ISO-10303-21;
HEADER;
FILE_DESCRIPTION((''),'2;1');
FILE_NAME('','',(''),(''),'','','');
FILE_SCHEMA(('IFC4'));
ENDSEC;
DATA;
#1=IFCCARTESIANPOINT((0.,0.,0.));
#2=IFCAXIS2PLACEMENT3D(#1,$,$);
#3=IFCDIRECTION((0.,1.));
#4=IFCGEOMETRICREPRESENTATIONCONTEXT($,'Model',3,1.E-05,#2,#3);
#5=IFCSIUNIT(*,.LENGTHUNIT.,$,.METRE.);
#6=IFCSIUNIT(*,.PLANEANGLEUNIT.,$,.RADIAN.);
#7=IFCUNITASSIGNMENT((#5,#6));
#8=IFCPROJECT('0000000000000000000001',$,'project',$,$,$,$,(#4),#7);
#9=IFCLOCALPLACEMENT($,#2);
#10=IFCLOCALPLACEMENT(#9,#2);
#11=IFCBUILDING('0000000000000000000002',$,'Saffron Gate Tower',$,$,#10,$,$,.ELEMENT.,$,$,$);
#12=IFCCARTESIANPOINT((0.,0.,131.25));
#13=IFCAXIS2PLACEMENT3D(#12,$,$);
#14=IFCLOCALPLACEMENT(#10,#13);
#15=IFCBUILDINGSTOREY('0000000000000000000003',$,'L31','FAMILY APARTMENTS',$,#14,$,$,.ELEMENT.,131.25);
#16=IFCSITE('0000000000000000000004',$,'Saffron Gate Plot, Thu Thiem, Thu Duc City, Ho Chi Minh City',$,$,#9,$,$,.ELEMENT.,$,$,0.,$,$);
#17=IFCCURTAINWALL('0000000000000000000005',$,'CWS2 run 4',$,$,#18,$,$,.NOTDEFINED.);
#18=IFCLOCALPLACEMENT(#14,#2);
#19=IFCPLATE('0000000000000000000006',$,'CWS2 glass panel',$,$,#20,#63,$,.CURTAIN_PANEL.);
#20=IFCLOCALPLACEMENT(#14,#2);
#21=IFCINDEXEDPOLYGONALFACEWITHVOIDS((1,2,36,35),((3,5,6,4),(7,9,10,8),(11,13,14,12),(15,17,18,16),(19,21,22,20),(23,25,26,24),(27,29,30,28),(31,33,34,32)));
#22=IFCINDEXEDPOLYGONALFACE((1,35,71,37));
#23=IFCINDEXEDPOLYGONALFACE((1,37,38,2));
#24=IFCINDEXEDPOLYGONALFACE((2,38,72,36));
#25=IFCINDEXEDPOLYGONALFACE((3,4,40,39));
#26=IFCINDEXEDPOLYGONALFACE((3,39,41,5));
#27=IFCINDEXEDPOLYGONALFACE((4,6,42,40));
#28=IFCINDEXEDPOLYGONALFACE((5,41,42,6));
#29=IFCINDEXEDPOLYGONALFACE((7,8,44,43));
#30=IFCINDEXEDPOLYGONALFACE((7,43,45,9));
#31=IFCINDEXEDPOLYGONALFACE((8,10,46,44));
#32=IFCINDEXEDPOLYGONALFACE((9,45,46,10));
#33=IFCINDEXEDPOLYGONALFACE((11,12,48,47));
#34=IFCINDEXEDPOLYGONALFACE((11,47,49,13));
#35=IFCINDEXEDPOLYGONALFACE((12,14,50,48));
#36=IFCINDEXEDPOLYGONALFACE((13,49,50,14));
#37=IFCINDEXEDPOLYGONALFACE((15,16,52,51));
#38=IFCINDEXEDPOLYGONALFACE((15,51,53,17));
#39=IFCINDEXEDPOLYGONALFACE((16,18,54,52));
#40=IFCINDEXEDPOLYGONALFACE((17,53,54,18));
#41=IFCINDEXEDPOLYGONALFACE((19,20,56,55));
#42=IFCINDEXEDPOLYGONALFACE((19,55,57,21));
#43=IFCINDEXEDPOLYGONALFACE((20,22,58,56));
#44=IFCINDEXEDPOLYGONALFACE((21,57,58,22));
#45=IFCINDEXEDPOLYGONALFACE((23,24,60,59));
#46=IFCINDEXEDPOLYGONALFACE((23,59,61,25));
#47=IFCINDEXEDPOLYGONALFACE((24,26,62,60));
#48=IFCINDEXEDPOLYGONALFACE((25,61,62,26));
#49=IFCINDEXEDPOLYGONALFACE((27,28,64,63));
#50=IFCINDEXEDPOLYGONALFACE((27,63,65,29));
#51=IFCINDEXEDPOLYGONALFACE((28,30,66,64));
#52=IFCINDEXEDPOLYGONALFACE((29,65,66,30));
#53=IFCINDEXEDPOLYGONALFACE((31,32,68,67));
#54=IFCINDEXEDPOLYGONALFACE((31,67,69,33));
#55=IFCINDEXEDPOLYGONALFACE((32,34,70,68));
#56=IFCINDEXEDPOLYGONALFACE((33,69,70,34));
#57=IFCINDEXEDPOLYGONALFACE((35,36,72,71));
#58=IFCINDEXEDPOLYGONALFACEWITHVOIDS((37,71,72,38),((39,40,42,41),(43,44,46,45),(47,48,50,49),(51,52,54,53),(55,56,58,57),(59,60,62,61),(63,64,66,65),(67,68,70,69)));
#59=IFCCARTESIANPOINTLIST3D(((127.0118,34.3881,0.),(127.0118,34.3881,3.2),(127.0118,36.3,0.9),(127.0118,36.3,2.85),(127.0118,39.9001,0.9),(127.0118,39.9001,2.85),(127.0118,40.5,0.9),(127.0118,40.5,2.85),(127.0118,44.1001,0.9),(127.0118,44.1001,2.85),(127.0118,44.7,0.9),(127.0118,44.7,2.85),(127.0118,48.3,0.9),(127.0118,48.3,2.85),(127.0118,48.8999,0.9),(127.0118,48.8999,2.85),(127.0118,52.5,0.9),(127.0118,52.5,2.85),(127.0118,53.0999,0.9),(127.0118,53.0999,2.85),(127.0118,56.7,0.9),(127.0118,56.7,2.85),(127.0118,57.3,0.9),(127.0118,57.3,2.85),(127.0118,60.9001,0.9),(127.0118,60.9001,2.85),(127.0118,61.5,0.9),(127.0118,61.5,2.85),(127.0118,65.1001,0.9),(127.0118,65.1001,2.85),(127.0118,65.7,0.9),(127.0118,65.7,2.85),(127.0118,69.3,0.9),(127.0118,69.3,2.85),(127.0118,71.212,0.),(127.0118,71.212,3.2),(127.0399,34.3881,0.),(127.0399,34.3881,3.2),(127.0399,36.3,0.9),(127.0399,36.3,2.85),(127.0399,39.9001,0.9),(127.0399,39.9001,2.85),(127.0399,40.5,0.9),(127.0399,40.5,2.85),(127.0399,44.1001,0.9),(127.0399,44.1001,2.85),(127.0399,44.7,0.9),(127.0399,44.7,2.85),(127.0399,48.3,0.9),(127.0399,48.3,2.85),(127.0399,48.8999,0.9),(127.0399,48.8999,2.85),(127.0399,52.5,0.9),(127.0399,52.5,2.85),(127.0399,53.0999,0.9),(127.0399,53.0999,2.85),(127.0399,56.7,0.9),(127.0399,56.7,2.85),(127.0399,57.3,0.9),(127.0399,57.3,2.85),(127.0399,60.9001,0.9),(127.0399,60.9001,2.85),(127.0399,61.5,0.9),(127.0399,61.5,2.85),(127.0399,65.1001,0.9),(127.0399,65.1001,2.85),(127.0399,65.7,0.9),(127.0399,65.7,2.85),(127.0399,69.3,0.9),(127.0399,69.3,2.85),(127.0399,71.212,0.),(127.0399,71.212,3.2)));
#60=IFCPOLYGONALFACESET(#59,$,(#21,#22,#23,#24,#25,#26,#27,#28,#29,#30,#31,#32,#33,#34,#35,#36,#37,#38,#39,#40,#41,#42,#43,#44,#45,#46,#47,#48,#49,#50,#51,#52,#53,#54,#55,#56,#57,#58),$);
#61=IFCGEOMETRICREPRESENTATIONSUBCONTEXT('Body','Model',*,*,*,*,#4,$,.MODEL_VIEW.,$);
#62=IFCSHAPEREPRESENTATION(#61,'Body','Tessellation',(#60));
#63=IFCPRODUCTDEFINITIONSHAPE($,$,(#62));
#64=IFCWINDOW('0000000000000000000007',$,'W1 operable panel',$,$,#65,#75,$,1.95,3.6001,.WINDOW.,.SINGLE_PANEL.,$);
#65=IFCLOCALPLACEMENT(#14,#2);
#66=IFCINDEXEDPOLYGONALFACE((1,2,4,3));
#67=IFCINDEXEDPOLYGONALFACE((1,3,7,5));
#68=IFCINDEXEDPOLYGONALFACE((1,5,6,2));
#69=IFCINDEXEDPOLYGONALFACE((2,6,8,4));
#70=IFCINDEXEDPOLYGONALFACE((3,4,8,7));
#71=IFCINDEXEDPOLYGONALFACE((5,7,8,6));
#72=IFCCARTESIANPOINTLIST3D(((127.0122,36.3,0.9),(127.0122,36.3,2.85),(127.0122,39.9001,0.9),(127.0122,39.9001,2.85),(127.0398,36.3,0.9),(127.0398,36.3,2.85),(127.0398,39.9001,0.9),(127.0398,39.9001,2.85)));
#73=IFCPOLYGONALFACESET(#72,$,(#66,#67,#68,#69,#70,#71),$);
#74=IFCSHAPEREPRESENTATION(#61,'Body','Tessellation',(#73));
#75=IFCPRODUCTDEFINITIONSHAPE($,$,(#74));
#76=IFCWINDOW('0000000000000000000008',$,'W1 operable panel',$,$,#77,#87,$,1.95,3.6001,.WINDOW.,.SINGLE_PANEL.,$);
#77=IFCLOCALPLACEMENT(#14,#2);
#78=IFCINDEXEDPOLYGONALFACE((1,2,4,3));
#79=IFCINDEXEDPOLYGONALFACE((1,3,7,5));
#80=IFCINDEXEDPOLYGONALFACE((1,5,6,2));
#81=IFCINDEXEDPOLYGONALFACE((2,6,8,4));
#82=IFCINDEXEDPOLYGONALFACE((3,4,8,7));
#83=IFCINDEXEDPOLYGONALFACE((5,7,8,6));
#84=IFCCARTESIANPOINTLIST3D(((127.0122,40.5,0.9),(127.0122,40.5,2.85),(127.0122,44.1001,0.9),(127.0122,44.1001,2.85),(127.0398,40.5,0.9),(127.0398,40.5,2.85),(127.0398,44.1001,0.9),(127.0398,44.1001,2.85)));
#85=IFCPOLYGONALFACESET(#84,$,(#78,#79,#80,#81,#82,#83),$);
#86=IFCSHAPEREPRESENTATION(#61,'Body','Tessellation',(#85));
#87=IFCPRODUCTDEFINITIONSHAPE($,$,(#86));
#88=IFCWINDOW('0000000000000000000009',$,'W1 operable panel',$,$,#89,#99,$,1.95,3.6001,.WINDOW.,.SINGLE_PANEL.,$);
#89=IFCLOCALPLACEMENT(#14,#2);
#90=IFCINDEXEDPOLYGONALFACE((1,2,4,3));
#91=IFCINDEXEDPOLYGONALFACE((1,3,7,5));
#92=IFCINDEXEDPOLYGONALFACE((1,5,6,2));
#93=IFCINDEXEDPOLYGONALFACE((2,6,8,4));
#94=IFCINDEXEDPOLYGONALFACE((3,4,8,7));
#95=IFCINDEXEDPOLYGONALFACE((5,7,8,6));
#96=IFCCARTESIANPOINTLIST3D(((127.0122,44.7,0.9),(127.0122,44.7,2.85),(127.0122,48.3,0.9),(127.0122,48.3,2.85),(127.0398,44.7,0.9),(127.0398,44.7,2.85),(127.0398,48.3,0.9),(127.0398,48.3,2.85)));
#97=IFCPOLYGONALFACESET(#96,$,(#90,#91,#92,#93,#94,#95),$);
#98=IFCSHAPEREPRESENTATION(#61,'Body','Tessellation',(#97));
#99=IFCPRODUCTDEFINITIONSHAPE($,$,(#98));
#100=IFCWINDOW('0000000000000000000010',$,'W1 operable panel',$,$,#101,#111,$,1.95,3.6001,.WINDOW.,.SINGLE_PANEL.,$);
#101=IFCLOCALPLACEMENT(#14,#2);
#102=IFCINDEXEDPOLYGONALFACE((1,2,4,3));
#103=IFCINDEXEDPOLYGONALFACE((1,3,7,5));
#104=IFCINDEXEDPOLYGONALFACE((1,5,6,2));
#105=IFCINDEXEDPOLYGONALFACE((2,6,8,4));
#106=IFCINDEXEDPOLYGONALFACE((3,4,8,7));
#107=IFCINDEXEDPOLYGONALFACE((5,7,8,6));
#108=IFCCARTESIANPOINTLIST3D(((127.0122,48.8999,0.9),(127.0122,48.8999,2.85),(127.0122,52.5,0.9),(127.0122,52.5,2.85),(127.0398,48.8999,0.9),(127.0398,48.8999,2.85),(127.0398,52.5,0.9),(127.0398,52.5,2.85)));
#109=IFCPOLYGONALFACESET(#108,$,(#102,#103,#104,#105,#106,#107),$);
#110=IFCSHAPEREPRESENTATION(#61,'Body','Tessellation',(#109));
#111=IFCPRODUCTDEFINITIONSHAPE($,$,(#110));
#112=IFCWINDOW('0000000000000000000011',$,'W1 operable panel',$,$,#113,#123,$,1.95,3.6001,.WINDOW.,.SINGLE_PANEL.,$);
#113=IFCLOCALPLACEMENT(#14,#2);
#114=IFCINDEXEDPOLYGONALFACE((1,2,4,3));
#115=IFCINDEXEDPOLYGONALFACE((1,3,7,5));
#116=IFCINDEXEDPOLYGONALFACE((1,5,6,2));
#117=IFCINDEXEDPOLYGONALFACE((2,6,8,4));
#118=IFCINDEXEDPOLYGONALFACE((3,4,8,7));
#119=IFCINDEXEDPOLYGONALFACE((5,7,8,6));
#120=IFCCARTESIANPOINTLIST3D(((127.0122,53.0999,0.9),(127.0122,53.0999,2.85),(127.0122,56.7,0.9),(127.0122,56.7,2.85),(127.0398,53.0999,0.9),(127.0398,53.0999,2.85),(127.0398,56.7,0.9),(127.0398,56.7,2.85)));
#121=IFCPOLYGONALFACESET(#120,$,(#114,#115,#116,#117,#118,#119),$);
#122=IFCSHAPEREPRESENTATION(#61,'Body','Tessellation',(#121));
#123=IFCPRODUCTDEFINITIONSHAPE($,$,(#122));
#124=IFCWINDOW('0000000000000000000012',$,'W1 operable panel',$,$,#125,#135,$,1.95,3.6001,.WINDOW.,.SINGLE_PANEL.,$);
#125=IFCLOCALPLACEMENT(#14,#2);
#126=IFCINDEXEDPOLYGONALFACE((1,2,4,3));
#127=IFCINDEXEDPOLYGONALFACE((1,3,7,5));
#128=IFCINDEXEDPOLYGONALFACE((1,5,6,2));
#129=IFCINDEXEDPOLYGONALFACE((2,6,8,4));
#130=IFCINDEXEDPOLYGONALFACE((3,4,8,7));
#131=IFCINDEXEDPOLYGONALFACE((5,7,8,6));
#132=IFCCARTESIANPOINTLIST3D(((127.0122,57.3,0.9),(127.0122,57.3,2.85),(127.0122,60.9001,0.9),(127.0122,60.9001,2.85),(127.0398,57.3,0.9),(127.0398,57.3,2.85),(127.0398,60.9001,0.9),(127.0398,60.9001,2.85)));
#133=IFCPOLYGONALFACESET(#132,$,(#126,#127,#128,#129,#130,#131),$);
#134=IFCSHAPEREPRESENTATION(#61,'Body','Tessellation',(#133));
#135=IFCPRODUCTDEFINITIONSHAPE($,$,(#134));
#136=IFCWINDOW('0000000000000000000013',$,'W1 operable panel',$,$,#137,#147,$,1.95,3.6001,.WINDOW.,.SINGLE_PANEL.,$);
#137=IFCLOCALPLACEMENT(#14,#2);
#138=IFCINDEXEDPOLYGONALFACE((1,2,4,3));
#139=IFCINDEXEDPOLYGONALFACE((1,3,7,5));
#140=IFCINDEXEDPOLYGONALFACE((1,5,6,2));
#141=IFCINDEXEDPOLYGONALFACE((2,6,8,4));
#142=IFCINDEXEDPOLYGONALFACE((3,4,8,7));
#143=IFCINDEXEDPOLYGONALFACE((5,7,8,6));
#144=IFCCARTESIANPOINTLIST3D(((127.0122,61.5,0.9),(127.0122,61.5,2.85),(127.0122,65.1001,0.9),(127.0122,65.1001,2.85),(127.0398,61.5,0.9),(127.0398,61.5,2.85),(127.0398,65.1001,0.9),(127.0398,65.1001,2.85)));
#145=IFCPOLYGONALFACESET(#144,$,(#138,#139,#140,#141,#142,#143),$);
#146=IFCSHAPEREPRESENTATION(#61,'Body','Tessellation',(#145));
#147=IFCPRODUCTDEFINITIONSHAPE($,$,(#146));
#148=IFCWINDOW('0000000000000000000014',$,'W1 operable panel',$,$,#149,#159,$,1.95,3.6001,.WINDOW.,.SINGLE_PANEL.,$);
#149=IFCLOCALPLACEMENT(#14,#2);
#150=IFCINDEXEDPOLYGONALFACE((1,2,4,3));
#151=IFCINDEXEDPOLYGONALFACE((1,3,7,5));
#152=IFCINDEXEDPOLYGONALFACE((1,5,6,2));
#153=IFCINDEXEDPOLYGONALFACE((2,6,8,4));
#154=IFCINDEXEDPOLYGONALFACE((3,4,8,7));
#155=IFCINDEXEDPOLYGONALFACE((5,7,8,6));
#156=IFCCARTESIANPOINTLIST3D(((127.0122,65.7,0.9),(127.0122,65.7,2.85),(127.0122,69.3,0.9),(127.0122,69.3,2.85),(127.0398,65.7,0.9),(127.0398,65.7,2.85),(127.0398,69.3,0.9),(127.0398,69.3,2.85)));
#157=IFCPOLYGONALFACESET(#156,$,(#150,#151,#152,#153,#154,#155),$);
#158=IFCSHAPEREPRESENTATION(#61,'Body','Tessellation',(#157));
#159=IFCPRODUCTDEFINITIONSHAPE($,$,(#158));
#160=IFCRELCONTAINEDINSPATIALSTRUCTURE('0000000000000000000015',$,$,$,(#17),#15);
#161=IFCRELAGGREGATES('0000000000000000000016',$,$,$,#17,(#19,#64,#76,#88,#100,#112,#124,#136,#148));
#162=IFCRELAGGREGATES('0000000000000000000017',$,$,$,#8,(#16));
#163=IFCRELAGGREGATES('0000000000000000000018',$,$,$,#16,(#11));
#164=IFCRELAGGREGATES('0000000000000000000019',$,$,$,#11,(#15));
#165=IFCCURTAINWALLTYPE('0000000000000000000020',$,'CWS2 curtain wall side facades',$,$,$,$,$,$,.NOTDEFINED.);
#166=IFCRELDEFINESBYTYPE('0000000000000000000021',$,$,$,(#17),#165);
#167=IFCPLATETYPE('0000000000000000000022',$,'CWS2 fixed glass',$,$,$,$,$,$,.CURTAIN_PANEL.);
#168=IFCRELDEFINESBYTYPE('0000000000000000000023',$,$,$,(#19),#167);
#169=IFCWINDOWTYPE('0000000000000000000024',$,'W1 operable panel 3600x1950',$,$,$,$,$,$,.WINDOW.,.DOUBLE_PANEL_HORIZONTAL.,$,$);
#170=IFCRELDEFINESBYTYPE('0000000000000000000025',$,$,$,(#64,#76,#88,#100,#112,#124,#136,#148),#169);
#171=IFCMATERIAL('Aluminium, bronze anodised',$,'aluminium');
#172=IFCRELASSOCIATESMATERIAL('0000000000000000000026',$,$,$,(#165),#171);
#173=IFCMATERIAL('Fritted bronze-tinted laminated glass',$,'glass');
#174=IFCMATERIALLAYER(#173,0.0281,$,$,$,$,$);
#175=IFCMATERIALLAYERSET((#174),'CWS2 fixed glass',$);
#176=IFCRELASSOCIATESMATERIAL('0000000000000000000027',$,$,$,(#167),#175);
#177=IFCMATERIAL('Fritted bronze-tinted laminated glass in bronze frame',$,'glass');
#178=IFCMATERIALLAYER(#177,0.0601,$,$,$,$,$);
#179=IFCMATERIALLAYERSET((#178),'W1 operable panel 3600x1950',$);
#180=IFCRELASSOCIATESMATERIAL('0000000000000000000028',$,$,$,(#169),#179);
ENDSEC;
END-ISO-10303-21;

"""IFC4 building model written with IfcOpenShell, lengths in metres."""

from ifc_helpers import new_model, si_unit, direction, frame, frame_2d, origin, place, context, subcontext, project, spatial, rectangle, extrude, material, layer, layer_set, type_object, element, fill, aggregate, save


model = new_model("IFC4")

# Units and contexts
model_context = context("Model", 3, precision=1e-05, world=origin(), true_north=direction((0.0, 1.0)))
body_context = subcontext(model_context, "Body", "Model", "MODEL_VIEW")
ifc_project = project(units=[si_unit("LENGTHUNIT", "METRE"), si_unit("PLANEANGLEUNIT", "RADIAN")], contexts=[model_context])

# Site, building, storey
site_placement = place(None, origin())
site = spatial("IfcSite", under=ifc_project, at=site_placement, Name="Saffron Gate Plot, Thu Thiem, Thu Duc City, Ho Chi Minh City", CompositionType="ELEMENT", RefElevation=0.0)
building_placement = place(site_placement, origin())
building = spatial("IfcBuilding", under=site, at=building_placement, Name="Saffron Gate Tower", CompositionType="ELEMENT")
storey_placement = place(building_placement, frame((0.0, 0.0, 131.25)))
storey = spatial("IfcBuildingStorey", under=building, at=storey_placement, Name="L31", Description="FAMILY APARTMENTS", CompositionType="ELEMENT", Elevation=131.25)

# Curtain wall
ifc_material_1 = material(Name="Aluminium, bronze anodised", Category="aluminium")
curtain_wall_type_1 = type_object("IfcCurtainWallType", Name="CWS2 curtain wall side facades", PredefinedType="NOTDEFINED", material=ifc_material_1)
curtain_wall_1_placement = place(storey_placement, origin())
curtain_wall_1 = element("IfcCurtainWall", 1, at=curtain_wall_1_placement, inside=storey, type_object=curtain_wall_type_1, Name="CWS2 run 4", PredefinedType="NOTDEFINED")

# Plate, openings, windows
ifc_material_2 = material(Name="Fritted bronze-tinted laminated glass", Category="glass")
ifc_layer_1 = layer(ifc_material_2, 0.0281)
ifc_layer_set_1 = layer_set([ifc_layer_1], Name="CWS2 fixed glass")
plate_type = type_object("IfcPlateType", Name="CWS2 fixed glass", PredefinedType="CURTAIN_PANEL", material=ifc_layer_set_1)
plate_placement = place(storey_placement, frame((127.0259, 34.3879, 0.0), z_axis=(0.0, 0.0, 1.0), x_axis=(0.0, 1.0, 0.0)))
plate = element("IfcPlate", 2, at=plate_placement, type_object=plate_type, Name="CWS2 glass panel", PredefinedType="CURTAIN_PANEL", context=body_context, shape_type="SweptSolid", body=[
    extrude(rectangle(XDim=36.824, YDim=0.0281, at=frame_2d((18.4121, 0.0))), origin(), (0.0, 0.0, 1.0), 3.2),
])
opening_1_placement = place(plate_placement, frame((1.9121, 0.0, 0.8999)))
opening_1 = element("IfcOpeningElement", 3, at=opening_1_placement, cuts=plate, PredefinedType="OPENING", context=body_context, shape_type="SweptSolid", body=[
    extrude(rectangle(XDim=3.6001, YDim=1.95, at=frame_2d((1.8, 0.9751))), frame((0.0, 0.0239, 0.0), z_axis=(0.0, -1.0, 0.0), x_axis=(1.0, 0.0, 0.0)), (0.0, 0.0, 1.0), 0.0481),
])
opening_2_placement = place(plate_placement, frame((6.1121, 0.0, 0.8999)))
opening_2 = element("IfcOpeningElement", 4, at=opening_2_placement, cuts=plate, PredefinedType="OPENING", context=body_context, shape_type="SweptSolid", body=[
    extrude(rectangle(XDim=3.6001, YDim=1.95, at=frame_2d((1.8, 0.9751))), frame((0.0, 0.0239, 0.0), z_axis=(0.0, -1.0, 0.0), x_axis=(1.0, 0.0, 0.0)), (0.0, 0.0, 1.0), 0.0481),
])
opening_3_placement = place(plate_placement, frame((10.312, 0.0, 0.8999)))
opening_3 = element("IfcOpeningElement", 5, at=opening_3_placement, cuts=plate, PredefinedType="OPENING", context=body_context, shape_type="SweptSolid", body=[
    extrude(rectangle(XDim=3.6001, YDim=1.95, at=frame_2d((1.8, 0.9751))), frame((0.0, 0.0239, 0.0), z_axis=(0.0, -1.0, 0.0), x_axis=(1.0, 0.0, 0.0)), (0.0, 0.0, 1.0), 0.0481),
])
opening_4_placement = place(plate_placement, frame((14.512, 0.0, 0.8999)))
opening_4 = element("IfcOpeningElement", 6, at=opening_4_placement, cuts=plate, PredefinedType="OPENING", context=body_context, shape_type="SweptSolid", body=[
    extrude(rectangle(XDim=3.6001, YDim=1.95, at=frame_2d((1.8, 0.9751))), frame((0.0, 0.0239, 0.0), z_axis=(0.0, -1.0, 0.0), x_axis=(1.0, 0.0, 0.0)), (0.0, 0.0, 1.0), 0.0481),
])
opening_5_placement = place(plate_placement, frame((18.7119, 0.0, 0.8999)))
opening_5 = element("IfcOpeningElement", 7, at=opening_5_placement, cuts=plate, PredefinedType="OPENING", context=body_context, shape_type="SweptSolid", body=[
    extrude(rectangle(XDim=3.6001, YDim=1.95, at=frame_2d((1.8, 0.9751))), frame((0.0, 0.0239, 0.0), z_axis=(0.0, -1.0, 0.0), x_axis=(1.0, 0.0, 0.0)), (0.0, 0.0, 1.0), 0.0481),
])
opening_6_placement = place(plate_placement, frame((22.9121, 0.0, 0.8999)))
opening_6 = element("IfcOpeningElement", 8, at=opening_6_placement, cuts=plate, PredefinedType="OPENING", context=body_context, shape_type="SweptSolid", body=[
    extrude(rectangle(XDim=3.6001, YDim=1.95, at=frame_2d((1.8, 0.9751))), frame((0.0, 0.0239, 0.0), z_axis=(0.0, -1.0, 0.0), x_axis=(1.0, 0.0, 0.0)), (0.0, 0.0, 1.0), 0.0481),
])
opening_7_placement = place(plate_placement, frame((27.1121, 0.0, 0.8999)))
opening_7 = element("IfcOpeningElement", 9, at=opening_7_placement, cuts=plate, PredefinedType="OPENING", context=body_context, shape_type="SweptSolid", body=[
    extrude(rectangle(XDim=3.6001, YDim=1.95, at=frame_2d((1.8, 0.9751))), frame((0.0, 0.0239, 0.0), z_axis=(0.0, -1.0, 0.0), x_axis=(1.0, 0.0, 0.0)), (0.0, 0.0, 1.0), 0.0481),
])
opening_8_placement = place(plate_placement, frame((31.312, 0.0, 0.8999)))
opening_8 = element("IfcOpeningElement", 10, at=opening_8_placement, cuts=plate, PredefinedType="OPENING", context=body_context, shape_type="SweptSolid", body=[
    extrude(rectangle(XDim=3.6001, YDim=1.95, at=frame_2d((1.8, 0.9751))), frame((0.0, 0.0239, 0.0), z_axis=(0.0, -1.0, 0.0), x_axis=(1.0, 0.0, 0.0)), (0.0, 0.0, 1.0), 0.0481),
])
ifc_material_3 = material(Name="Fritted bronze-tinted laminated glass in bronze frame", Category="glass")
ifc_layer_2 = layer(ifc_material_3, 0.0601)
ifc_layer_set_2 = layer_set([ifc_layer_2], Name="W1 operable panel 3600x1950")
window_type = type_object("IfcWindowType", Name="W1 operable panel 3600x1950", PartitioningType="DOUBLE_PANEL_HORIZONTAL", PredefinedType="WINDOW", material=ifc_layer_set_2)
window_1_placement = place(opening_1_placement, origin())
window_1 = element("IfcWindow", 11, at=window_1_placement, type_object=window_type, Name="W1 operable panel", OverallHeight=1.95, OverallWidth=3.6001, PartitioningType="SINGLE_PANEL", PredefinedType="WINDOW", context=body_context, shape_type="SweptSolid", body=[
    extrude(rectangle(XDim=3.6001, YDim=1.95, at=frame_2d((1.8, 0.9751))), frame((0.0, 0.0137, 0.0), z_axis=(0.0, -1.0, 0.0), x_axis=(1.0, 0.0, 0.0)), (0.0, 0.0, 1.0), 0.0276),
])
fill(opening_1, window_1)
window_2_placement = place(opening_2_placement, origin())
window_2 = element("IfcWindow", 12, at=window_2_placement, type_object=window_type, Name="W1 operable panel", OverallHeight=1.95, OverallWidth=3.6001, PartitioningType="SINGLE_PANEL", PredefinedType="WINDOW", context=body_context, shape_type="SweptSolid", body=[
    extrude(rectangle(XDim=3.6001, YDim=1.95, at=frame_2d((1.8, 0.9751))), frame((0.0, 0.0137, 0.0), z_axis=(0.0, -1.0, 0.0), x_axis=(1.0, 0.0, 0.0)), (0.0, 0.0, 1.0), 0.0276),
])
fill(opening_2, window_2)
window_3_placement = place(opening_3_placement, origin())
window_3 = element("IfcWindow", 13, at=window_3_placement, type_object=window_type, Name="W1 operable panel", OverallHeight=1.95, OverallWidth=3.6001, PartitioningType="SINGLE_PANEL", PredefinedType="WINDOW", context=body_context, shape_type="SweptSolid", body=[
    extrude(rectangle(XDim=3.6001, YDim=1.95, at=frame_2d((1.8, 0.9751))), frame((0.0, 0.0137, 0.0), z_axis=(0.0, -1.0, 0.0), x_axis=(1.0, 0.0, 0.0)), (0.0, 0.0, 1.0), 0.0276),
])
fill(opening_3, window_3)
window_4_placement = place(opening_4_placement, origin())
window_4 = element("IfcWindow", 14, at=window_4_placement, type_object=window_type, Name="W1 operable panel", OverallHeight=1.95, OverallWidth=3.6001, PartitioningType="SINGLE_PANEL", PredefinedType="WINDOW", context=body_context, shape_type="SweptSolid", body=[
    extrude(rectangle(XDim=3.6001, YDim=1.95, at=frame_2d((1.8, 0.9751))), frame((0.0, 0.0137, 0.0), z_axis=(0.0, -1.0, 0.0), x_axis=(1.0, 0.0, 0.0)), (0.0, 0.0, 1.0), 0.0276),
])
fill(opening_4, window_4)
window_5_placement = place(opening_5_placement, origin())
window_5 = element("IfcWindow", 15, at=window_5_placement, type_object=window_type, Name="W1 operable panel", OverallHeight=1.95, OverallWidth=3.6001, PartitioningType="SINGLE_PANEL", PredefinedType="WINDOW", context=body_context, shape_type="SweptSolid", body=[
    extrude(rectangle(XDim=3.6001, YDim=1.95, at=frame_2d((1.8, 0.9751))), frame((0.0, 0.0137, 0.0), z_axis=(0.0, -1.0, 0.0), x_axis=(1.0, 0.0, 0.0)), (0.0, 0.0, 1.0), 0.0276),
])
fill(opening_5, window_5)
window_6_placement = place(opening_6_placement, origin())
window_6 = element("IfcWindow", 16, at=window_6_placement, type_object=window_type, Name="W1 operable panel", OverallHeight=1.95, OverallWidth=3.6001, PartitioningType="SINGLE_PANEL", PredefinedType="WINDOW", context=body_context, shape_type="SweptSolid", body=[
    extrude(rectangle(XDim=3.6001, YDim=1.95, at=frame_2d((1.8, 0.9751))), frame((0.0, 0.0137, 0.0), z_axis=(0.0, -1.0, 0.0), x_axis=(1.0, 0.0, 0.0)), (0.0, 0.0, 1.0), 0.0276),
])
fill(opening_6, window_6)
window_7_placement = place(opening_7_placement, origin())
window_7 = element("IfcWindow", 17, at=window_7_placement, type_object=window_type, Name="W1 operable panel", OverallHeight=1.95, OverallWidth=3.6001, PartitioningType="SINGLE_PANEL", PredefinedType="WINDOW", context=body_context, shape_type="SweptSolid", body=[
    extrude(rectangle(XDim=3.6001, YDim=1.95, at=frame_2d((1.8, 0.9751))), frame((0.0, 0.0137, 0.0), z_axis=(0.0, -1.0, 0.0), x_axis=(1.0, 0.0, 0.0)), (0.0, 0.0, 1.0), 0.0276),
])
fill(opening_7, window_7)
window_8_placement = place(opening_8_placement, origin())
window_8 = element("IfcWindow", 18, at=window_8_placement, type_object=window_type, Name="W1 operable panel", OverallHeight=1.95, OverallWidth=3.6001, PartitioningType="SINGLE_PANEL", PredefinedType="WINDOW", context=body_context, shape_type="SweptSolid", body=[
    extrude(rectangle(XDim=3.6001, YDim=1.95, at=frame_2d((1.8, 0.9751))), frame((0.0, 0.0137, 0.0), z_axis=(0.0, -1.0, 0.0), x_axis=(1.0, 0.0, 0.0)), (0.0, 0.0, 1.0), 0.0276),
])
fill(opening_8, window_8)
aggregate(curtain_wall_1, [plate, window_1, window_2, window_3, window_4, window_5, window_6, window_7, window_8])

save(model, "model.ifc")
